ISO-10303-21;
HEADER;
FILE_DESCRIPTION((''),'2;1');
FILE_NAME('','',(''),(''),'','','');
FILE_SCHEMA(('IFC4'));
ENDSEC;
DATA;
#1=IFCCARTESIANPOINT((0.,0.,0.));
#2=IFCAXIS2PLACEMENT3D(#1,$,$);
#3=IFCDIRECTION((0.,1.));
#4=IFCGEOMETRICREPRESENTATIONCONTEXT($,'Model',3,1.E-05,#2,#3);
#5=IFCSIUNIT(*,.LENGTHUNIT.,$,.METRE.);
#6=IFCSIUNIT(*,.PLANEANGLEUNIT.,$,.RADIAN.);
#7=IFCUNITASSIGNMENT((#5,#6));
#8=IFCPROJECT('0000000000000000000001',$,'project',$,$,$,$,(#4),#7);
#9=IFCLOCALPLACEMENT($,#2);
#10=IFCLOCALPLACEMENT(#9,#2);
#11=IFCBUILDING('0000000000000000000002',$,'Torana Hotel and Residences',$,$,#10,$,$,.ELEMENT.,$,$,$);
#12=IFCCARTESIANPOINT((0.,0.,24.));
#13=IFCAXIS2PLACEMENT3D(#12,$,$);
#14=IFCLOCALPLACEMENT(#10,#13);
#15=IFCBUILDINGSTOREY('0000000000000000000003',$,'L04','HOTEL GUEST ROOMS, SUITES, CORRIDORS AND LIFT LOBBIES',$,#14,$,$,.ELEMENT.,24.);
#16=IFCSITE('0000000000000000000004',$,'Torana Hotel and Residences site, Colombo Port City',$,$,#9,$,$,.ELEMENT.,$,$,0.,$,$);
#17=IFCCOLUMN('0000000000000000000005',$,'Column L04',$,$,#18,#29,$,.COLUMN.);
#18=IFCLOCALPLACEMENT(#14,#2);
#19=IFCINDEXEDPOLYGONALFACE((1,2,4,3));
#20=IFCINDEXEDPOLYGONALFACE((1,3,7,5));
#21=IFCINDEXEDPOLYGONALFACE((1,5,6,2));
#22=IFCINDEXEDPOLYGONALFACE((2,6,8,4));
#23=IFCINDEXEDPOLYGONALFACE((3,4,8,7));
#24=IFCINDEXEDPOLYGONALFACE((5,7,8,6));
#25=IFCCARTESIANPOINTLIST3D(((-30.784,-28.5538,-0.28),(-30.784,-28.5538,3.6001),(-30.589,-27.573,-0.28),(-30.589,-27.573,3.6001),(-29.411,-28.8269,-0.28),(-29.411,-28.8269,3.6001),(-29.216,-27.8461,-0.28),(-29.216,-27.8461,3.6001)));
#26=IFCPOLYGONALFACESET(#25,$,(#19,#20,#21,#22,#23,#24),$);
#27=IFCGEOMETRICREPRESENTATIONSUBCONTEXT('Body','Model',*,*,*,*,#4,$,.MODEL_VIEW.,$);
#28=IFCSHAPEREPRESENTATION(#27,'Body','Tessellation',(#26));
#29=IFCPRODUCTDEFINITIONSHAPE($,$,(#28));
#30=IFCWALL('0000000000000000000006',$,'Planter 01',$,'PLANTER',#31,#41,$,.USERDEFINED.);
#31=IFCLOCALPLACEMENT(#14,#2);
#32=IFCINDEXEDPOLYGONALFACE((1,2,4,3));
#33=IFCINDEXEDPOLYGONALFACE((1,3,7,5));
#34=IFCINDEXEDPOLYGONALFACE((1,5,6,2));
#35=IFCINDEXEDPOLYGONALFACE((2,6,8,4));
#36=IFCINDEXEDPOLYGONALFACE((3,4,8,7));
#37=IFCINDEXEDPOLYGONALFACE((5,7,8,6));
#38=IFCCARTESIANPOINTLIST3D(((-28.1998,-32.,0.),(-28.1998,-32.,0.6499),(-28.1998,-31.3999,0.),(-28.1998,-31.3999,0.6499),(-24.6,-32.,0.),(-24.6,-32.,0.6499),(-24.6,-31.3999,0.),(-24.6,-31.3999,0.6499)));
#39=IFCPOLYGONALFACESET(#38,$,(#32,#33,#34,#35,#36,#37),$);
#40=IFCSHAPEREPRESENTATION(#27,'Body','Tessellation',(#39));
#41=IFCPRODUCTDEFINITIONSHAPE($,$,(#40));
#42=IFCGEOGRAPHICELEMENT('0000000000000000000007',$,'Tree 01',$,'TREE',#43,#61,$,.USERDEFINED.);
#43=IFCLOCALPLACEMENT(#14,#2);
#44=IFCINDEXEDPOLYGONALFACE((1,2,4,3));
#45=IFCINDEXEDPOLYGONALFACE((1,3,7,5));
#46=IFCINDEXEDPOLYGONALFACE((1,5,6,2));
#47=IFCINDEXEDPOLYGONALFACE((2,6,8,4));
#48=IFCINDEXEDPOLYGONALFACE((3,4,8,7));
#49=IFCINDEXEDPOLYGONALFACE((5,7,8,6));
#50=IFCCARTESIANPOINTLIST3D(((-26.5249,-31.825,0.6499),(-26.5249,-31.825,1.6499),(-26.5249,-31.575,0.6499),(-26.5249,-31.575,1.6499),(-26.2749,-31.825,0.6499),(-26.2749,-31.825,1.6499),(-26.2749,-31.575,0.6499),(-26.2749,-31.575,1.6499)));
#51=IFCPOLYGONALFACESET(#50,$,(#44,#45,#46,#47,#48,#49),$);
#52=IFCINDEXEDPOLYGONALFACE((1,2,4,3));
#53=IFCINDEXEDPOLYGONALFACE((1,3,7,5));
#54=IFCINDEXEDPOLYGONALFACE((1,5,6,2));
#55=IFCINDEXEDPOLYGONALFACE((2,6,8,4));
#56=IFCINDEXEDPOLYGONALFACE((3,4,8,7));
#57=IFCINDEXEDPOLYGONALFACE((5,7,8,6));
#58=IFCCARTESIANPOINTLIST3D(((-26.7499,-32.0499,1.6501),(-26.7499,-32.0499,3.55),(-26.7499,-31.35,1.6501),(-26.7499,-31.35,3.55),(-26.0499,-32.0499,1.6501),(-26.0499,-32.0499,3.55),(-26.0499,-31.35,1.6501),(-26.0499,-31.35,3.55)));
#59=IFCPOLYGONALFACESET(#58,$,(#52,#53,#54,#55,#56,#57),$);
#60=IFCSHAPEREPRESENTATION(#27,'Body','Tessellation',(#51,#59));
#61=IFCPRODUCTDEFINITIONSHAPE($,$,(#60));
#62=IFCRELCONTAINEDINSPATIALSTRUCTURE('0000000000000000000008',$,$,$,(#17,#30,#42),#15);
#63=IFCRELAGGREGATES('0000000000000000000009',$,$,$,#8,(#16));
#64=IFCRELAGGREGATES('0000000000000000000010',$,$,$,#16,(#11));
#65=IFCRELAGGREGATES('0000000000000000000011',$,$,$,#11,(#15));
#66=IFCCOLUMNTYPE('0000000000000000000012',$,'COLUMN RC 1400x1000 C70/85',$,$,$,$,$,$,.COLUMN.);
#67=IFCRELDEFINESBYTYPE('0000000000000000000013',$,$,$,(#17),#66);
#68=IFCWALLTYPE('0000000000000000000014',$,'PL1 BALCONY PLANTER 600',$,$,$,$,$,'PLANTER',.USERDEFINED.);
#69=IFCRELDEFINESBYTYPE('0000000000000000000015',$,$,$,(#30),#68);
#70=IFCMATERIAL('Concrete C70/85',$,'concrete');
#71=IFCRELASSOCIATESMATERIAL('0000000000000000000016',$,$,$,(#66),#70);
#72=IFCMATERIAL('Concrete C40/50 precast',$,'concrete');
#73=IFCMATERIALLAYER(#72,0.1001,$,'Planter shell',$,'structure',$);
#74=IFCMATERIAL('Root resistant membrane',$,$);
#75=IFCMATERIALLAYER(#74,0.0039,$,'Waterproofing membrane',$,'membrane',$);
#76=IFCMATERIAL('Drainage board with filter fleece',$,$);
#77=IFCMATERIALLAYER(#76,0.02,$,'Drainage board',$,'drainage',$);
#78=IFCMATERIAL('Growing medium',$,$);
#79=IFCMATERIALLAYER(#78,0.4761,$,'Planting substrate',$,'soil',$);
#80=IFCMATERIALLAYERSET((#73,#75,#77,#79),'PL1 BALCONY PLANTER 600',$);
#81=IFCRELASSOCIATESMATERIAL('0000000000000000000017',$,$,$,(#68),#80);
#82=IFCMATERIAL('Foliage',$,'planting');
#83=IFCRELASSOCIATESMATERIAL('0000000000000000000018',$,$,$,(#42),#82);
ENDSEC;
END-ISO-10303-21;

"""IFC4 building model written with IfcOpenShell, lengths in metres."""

from ifc_helpers import new_model, si_unit, direction, frame, frame_2d, origin, origin_2d, place, context, subcontext, project, spatial, rectangle, extrude, material, layer, layer_set, material_profile, profile_set, type_object, element, save


model = new_model("IFC4")

# Units and contexts
model_context = context("Model", 3, precision=1e-05, world=origin(), true_north=direction((0.0, 1.0)))
body_context = subcontext(model_context, "Body", "Model", "MODEL_VIEW")
ifc_project = project(units=[si_unit("LENGTHUNIT", "METRE"), si_unit("PLANEANGLEUNIT", "RADIAN")], contexts=[model_context])

# Site, building, storey
site_placement = place(None, origin())
site = spatial("IfcSite", under=ifc_project, at=site_placement, Name="Torana Hotel and Residences site, Colombo Port City", CompositionType="ELEMENT", RefElevation=0.0)
building_placement = place(site_placement, origin())
building = spatial("IfcBuilding", under=site, at=building_placement, Name="Torana Hotel and Residences", CompositionType="ELEMENT")
storey_placement = place(building_placement, frame((0.0, 0.0, 24.0)))
storey = spatial("IfcBuildingStorey", under=building, at=storey_placement, Name="L04", Description="HOTEL GUEST ROOMS, SUITES, CORRIDORS AND LIFT LOBBIES", CompositionType="ELEMENT", Elevation=24.0)

# Column
ifc_material_1 = material(Name="Concrete C70/85", Category="concrete")
ifc_material_profile = material_profile(ifc_material_1, rectangle(XDim=1.3999, YDim=1.0, at=origin_2d()), Name="RC 1400x1000")
ifc_profile_set = profile_set([ifc_material_profile], Name="Concrete C70/85")
column_type = type_object("IfcColumnType", Name="COLUMN RC 1400x1000 C70/85", PredefinedType="COLUMN", material=ifc_profile_set)
column_placement = place(storey_placement, frame((-30.0, -28.2, -0.28), z_axis=(0.0, 0.0, 1.0), x_axis=(-0.980792, 0.195056, 0.0)))
element("IfcColumn", 1, at=column_placement, inside=storey, type_object=column_type, Name="Column L04", PredefinedType="COLUMN", context=body_context, shape_type="SweptSolid", body=[
    extrude(rectangle(XDim=1.3999, YDim=1.0, at=origin_2d()), origin(), (0.0, 0.0, 1.0), 3.8801),
])

# Wall
ifc_material_2 = material(Name="Concrete C40/50 precast", Category="concrete")
ifc_layer_1 = layer(ifc_material_2, 0.1001, Name="Planter shell", Category="structure")
ifc_material_3 = material(Name="Root resistant membrane")
ifc_layer_2 = layer(ifc_material_3, 0.0039, Name="Waterproofing membrane", Category="membrane")
ifc_material_4 = material(Name="Drainage board with filter fleece")
ifc_layer_3 = layer(ifc_material_4, 0.02, Name="Drainage board", Category="drainage")
ifc_material_5 = material(Name="Growing medium")
ifc_layer_4 = layer(ifc_material_5, 0.4761, Name="Planting substrate", Category="soil")
ifc_layer_set_1 = layer_set([ifc_layer_1, ifc_layer_2, ifc_layer_3, ifc_layer_4], Name="PL1 BALCONY PLANTER 600")
wall_type_1 = type_object("IfcWallType", Name="PL1 BALCONY PLANTER 600", ElementType="PLANTER", PredefinedType="USERDEFINED", material=ifc_layer_set_1)
wall_1_placement = place(storey_placement, frame((-24.6001, -31.7, 0.0), z_axis=(0.0, 0.0, 1.0), x_axis=(-1.0, 0.0, 0.0)))
element("IfcWall", 2, at=wall_1_placement, inside=storey, type_object=wall_type_1, Name="Planter 01", ObjectType="PLANTER", PredefinedType="USERDEFINED", context=body_context, shape_type="SweptSolid", body=[
    extrude(rectangle(XDim=3.5999, YDim=0.6001, at=frame_2d((1.7998, 0.0))), origin(), (0.0, 0.0, 1.0), 0.6499),
])

# Geographic element
ifc_material_6 = material(Name="Foliage", Category="planting")
geographic_element_placement = place(storey_placement, frame((-26.3999, -31.7, 0.6499), z_axis=(0.0, 0.0, 1.0), x_axis=(1.0, 0.0, 0.0)))
element("IfcGeographicElement", 3, at=geographic_element_placement, inside=storey, material=ifc_material_6, Name="Tree 01", ObjectType="TREE", PredefinedType="USERDEFINED", context=body_context, shape_type="SweptSolid", body=[
    extrude(rectangle(XDim=0.25, YDim=0.25, at=origin_2d()), origin(), (0.0, 0.0, 1.0), 1.0),
    extrude(rectangle(XDim=0.7, YDim=0.7, at=origin_2d()), frame((0.0, 0.0, 1.0002)), (0.0, 0.0, 1.0), 1.8999),
])

save(model, "model.ifc")
